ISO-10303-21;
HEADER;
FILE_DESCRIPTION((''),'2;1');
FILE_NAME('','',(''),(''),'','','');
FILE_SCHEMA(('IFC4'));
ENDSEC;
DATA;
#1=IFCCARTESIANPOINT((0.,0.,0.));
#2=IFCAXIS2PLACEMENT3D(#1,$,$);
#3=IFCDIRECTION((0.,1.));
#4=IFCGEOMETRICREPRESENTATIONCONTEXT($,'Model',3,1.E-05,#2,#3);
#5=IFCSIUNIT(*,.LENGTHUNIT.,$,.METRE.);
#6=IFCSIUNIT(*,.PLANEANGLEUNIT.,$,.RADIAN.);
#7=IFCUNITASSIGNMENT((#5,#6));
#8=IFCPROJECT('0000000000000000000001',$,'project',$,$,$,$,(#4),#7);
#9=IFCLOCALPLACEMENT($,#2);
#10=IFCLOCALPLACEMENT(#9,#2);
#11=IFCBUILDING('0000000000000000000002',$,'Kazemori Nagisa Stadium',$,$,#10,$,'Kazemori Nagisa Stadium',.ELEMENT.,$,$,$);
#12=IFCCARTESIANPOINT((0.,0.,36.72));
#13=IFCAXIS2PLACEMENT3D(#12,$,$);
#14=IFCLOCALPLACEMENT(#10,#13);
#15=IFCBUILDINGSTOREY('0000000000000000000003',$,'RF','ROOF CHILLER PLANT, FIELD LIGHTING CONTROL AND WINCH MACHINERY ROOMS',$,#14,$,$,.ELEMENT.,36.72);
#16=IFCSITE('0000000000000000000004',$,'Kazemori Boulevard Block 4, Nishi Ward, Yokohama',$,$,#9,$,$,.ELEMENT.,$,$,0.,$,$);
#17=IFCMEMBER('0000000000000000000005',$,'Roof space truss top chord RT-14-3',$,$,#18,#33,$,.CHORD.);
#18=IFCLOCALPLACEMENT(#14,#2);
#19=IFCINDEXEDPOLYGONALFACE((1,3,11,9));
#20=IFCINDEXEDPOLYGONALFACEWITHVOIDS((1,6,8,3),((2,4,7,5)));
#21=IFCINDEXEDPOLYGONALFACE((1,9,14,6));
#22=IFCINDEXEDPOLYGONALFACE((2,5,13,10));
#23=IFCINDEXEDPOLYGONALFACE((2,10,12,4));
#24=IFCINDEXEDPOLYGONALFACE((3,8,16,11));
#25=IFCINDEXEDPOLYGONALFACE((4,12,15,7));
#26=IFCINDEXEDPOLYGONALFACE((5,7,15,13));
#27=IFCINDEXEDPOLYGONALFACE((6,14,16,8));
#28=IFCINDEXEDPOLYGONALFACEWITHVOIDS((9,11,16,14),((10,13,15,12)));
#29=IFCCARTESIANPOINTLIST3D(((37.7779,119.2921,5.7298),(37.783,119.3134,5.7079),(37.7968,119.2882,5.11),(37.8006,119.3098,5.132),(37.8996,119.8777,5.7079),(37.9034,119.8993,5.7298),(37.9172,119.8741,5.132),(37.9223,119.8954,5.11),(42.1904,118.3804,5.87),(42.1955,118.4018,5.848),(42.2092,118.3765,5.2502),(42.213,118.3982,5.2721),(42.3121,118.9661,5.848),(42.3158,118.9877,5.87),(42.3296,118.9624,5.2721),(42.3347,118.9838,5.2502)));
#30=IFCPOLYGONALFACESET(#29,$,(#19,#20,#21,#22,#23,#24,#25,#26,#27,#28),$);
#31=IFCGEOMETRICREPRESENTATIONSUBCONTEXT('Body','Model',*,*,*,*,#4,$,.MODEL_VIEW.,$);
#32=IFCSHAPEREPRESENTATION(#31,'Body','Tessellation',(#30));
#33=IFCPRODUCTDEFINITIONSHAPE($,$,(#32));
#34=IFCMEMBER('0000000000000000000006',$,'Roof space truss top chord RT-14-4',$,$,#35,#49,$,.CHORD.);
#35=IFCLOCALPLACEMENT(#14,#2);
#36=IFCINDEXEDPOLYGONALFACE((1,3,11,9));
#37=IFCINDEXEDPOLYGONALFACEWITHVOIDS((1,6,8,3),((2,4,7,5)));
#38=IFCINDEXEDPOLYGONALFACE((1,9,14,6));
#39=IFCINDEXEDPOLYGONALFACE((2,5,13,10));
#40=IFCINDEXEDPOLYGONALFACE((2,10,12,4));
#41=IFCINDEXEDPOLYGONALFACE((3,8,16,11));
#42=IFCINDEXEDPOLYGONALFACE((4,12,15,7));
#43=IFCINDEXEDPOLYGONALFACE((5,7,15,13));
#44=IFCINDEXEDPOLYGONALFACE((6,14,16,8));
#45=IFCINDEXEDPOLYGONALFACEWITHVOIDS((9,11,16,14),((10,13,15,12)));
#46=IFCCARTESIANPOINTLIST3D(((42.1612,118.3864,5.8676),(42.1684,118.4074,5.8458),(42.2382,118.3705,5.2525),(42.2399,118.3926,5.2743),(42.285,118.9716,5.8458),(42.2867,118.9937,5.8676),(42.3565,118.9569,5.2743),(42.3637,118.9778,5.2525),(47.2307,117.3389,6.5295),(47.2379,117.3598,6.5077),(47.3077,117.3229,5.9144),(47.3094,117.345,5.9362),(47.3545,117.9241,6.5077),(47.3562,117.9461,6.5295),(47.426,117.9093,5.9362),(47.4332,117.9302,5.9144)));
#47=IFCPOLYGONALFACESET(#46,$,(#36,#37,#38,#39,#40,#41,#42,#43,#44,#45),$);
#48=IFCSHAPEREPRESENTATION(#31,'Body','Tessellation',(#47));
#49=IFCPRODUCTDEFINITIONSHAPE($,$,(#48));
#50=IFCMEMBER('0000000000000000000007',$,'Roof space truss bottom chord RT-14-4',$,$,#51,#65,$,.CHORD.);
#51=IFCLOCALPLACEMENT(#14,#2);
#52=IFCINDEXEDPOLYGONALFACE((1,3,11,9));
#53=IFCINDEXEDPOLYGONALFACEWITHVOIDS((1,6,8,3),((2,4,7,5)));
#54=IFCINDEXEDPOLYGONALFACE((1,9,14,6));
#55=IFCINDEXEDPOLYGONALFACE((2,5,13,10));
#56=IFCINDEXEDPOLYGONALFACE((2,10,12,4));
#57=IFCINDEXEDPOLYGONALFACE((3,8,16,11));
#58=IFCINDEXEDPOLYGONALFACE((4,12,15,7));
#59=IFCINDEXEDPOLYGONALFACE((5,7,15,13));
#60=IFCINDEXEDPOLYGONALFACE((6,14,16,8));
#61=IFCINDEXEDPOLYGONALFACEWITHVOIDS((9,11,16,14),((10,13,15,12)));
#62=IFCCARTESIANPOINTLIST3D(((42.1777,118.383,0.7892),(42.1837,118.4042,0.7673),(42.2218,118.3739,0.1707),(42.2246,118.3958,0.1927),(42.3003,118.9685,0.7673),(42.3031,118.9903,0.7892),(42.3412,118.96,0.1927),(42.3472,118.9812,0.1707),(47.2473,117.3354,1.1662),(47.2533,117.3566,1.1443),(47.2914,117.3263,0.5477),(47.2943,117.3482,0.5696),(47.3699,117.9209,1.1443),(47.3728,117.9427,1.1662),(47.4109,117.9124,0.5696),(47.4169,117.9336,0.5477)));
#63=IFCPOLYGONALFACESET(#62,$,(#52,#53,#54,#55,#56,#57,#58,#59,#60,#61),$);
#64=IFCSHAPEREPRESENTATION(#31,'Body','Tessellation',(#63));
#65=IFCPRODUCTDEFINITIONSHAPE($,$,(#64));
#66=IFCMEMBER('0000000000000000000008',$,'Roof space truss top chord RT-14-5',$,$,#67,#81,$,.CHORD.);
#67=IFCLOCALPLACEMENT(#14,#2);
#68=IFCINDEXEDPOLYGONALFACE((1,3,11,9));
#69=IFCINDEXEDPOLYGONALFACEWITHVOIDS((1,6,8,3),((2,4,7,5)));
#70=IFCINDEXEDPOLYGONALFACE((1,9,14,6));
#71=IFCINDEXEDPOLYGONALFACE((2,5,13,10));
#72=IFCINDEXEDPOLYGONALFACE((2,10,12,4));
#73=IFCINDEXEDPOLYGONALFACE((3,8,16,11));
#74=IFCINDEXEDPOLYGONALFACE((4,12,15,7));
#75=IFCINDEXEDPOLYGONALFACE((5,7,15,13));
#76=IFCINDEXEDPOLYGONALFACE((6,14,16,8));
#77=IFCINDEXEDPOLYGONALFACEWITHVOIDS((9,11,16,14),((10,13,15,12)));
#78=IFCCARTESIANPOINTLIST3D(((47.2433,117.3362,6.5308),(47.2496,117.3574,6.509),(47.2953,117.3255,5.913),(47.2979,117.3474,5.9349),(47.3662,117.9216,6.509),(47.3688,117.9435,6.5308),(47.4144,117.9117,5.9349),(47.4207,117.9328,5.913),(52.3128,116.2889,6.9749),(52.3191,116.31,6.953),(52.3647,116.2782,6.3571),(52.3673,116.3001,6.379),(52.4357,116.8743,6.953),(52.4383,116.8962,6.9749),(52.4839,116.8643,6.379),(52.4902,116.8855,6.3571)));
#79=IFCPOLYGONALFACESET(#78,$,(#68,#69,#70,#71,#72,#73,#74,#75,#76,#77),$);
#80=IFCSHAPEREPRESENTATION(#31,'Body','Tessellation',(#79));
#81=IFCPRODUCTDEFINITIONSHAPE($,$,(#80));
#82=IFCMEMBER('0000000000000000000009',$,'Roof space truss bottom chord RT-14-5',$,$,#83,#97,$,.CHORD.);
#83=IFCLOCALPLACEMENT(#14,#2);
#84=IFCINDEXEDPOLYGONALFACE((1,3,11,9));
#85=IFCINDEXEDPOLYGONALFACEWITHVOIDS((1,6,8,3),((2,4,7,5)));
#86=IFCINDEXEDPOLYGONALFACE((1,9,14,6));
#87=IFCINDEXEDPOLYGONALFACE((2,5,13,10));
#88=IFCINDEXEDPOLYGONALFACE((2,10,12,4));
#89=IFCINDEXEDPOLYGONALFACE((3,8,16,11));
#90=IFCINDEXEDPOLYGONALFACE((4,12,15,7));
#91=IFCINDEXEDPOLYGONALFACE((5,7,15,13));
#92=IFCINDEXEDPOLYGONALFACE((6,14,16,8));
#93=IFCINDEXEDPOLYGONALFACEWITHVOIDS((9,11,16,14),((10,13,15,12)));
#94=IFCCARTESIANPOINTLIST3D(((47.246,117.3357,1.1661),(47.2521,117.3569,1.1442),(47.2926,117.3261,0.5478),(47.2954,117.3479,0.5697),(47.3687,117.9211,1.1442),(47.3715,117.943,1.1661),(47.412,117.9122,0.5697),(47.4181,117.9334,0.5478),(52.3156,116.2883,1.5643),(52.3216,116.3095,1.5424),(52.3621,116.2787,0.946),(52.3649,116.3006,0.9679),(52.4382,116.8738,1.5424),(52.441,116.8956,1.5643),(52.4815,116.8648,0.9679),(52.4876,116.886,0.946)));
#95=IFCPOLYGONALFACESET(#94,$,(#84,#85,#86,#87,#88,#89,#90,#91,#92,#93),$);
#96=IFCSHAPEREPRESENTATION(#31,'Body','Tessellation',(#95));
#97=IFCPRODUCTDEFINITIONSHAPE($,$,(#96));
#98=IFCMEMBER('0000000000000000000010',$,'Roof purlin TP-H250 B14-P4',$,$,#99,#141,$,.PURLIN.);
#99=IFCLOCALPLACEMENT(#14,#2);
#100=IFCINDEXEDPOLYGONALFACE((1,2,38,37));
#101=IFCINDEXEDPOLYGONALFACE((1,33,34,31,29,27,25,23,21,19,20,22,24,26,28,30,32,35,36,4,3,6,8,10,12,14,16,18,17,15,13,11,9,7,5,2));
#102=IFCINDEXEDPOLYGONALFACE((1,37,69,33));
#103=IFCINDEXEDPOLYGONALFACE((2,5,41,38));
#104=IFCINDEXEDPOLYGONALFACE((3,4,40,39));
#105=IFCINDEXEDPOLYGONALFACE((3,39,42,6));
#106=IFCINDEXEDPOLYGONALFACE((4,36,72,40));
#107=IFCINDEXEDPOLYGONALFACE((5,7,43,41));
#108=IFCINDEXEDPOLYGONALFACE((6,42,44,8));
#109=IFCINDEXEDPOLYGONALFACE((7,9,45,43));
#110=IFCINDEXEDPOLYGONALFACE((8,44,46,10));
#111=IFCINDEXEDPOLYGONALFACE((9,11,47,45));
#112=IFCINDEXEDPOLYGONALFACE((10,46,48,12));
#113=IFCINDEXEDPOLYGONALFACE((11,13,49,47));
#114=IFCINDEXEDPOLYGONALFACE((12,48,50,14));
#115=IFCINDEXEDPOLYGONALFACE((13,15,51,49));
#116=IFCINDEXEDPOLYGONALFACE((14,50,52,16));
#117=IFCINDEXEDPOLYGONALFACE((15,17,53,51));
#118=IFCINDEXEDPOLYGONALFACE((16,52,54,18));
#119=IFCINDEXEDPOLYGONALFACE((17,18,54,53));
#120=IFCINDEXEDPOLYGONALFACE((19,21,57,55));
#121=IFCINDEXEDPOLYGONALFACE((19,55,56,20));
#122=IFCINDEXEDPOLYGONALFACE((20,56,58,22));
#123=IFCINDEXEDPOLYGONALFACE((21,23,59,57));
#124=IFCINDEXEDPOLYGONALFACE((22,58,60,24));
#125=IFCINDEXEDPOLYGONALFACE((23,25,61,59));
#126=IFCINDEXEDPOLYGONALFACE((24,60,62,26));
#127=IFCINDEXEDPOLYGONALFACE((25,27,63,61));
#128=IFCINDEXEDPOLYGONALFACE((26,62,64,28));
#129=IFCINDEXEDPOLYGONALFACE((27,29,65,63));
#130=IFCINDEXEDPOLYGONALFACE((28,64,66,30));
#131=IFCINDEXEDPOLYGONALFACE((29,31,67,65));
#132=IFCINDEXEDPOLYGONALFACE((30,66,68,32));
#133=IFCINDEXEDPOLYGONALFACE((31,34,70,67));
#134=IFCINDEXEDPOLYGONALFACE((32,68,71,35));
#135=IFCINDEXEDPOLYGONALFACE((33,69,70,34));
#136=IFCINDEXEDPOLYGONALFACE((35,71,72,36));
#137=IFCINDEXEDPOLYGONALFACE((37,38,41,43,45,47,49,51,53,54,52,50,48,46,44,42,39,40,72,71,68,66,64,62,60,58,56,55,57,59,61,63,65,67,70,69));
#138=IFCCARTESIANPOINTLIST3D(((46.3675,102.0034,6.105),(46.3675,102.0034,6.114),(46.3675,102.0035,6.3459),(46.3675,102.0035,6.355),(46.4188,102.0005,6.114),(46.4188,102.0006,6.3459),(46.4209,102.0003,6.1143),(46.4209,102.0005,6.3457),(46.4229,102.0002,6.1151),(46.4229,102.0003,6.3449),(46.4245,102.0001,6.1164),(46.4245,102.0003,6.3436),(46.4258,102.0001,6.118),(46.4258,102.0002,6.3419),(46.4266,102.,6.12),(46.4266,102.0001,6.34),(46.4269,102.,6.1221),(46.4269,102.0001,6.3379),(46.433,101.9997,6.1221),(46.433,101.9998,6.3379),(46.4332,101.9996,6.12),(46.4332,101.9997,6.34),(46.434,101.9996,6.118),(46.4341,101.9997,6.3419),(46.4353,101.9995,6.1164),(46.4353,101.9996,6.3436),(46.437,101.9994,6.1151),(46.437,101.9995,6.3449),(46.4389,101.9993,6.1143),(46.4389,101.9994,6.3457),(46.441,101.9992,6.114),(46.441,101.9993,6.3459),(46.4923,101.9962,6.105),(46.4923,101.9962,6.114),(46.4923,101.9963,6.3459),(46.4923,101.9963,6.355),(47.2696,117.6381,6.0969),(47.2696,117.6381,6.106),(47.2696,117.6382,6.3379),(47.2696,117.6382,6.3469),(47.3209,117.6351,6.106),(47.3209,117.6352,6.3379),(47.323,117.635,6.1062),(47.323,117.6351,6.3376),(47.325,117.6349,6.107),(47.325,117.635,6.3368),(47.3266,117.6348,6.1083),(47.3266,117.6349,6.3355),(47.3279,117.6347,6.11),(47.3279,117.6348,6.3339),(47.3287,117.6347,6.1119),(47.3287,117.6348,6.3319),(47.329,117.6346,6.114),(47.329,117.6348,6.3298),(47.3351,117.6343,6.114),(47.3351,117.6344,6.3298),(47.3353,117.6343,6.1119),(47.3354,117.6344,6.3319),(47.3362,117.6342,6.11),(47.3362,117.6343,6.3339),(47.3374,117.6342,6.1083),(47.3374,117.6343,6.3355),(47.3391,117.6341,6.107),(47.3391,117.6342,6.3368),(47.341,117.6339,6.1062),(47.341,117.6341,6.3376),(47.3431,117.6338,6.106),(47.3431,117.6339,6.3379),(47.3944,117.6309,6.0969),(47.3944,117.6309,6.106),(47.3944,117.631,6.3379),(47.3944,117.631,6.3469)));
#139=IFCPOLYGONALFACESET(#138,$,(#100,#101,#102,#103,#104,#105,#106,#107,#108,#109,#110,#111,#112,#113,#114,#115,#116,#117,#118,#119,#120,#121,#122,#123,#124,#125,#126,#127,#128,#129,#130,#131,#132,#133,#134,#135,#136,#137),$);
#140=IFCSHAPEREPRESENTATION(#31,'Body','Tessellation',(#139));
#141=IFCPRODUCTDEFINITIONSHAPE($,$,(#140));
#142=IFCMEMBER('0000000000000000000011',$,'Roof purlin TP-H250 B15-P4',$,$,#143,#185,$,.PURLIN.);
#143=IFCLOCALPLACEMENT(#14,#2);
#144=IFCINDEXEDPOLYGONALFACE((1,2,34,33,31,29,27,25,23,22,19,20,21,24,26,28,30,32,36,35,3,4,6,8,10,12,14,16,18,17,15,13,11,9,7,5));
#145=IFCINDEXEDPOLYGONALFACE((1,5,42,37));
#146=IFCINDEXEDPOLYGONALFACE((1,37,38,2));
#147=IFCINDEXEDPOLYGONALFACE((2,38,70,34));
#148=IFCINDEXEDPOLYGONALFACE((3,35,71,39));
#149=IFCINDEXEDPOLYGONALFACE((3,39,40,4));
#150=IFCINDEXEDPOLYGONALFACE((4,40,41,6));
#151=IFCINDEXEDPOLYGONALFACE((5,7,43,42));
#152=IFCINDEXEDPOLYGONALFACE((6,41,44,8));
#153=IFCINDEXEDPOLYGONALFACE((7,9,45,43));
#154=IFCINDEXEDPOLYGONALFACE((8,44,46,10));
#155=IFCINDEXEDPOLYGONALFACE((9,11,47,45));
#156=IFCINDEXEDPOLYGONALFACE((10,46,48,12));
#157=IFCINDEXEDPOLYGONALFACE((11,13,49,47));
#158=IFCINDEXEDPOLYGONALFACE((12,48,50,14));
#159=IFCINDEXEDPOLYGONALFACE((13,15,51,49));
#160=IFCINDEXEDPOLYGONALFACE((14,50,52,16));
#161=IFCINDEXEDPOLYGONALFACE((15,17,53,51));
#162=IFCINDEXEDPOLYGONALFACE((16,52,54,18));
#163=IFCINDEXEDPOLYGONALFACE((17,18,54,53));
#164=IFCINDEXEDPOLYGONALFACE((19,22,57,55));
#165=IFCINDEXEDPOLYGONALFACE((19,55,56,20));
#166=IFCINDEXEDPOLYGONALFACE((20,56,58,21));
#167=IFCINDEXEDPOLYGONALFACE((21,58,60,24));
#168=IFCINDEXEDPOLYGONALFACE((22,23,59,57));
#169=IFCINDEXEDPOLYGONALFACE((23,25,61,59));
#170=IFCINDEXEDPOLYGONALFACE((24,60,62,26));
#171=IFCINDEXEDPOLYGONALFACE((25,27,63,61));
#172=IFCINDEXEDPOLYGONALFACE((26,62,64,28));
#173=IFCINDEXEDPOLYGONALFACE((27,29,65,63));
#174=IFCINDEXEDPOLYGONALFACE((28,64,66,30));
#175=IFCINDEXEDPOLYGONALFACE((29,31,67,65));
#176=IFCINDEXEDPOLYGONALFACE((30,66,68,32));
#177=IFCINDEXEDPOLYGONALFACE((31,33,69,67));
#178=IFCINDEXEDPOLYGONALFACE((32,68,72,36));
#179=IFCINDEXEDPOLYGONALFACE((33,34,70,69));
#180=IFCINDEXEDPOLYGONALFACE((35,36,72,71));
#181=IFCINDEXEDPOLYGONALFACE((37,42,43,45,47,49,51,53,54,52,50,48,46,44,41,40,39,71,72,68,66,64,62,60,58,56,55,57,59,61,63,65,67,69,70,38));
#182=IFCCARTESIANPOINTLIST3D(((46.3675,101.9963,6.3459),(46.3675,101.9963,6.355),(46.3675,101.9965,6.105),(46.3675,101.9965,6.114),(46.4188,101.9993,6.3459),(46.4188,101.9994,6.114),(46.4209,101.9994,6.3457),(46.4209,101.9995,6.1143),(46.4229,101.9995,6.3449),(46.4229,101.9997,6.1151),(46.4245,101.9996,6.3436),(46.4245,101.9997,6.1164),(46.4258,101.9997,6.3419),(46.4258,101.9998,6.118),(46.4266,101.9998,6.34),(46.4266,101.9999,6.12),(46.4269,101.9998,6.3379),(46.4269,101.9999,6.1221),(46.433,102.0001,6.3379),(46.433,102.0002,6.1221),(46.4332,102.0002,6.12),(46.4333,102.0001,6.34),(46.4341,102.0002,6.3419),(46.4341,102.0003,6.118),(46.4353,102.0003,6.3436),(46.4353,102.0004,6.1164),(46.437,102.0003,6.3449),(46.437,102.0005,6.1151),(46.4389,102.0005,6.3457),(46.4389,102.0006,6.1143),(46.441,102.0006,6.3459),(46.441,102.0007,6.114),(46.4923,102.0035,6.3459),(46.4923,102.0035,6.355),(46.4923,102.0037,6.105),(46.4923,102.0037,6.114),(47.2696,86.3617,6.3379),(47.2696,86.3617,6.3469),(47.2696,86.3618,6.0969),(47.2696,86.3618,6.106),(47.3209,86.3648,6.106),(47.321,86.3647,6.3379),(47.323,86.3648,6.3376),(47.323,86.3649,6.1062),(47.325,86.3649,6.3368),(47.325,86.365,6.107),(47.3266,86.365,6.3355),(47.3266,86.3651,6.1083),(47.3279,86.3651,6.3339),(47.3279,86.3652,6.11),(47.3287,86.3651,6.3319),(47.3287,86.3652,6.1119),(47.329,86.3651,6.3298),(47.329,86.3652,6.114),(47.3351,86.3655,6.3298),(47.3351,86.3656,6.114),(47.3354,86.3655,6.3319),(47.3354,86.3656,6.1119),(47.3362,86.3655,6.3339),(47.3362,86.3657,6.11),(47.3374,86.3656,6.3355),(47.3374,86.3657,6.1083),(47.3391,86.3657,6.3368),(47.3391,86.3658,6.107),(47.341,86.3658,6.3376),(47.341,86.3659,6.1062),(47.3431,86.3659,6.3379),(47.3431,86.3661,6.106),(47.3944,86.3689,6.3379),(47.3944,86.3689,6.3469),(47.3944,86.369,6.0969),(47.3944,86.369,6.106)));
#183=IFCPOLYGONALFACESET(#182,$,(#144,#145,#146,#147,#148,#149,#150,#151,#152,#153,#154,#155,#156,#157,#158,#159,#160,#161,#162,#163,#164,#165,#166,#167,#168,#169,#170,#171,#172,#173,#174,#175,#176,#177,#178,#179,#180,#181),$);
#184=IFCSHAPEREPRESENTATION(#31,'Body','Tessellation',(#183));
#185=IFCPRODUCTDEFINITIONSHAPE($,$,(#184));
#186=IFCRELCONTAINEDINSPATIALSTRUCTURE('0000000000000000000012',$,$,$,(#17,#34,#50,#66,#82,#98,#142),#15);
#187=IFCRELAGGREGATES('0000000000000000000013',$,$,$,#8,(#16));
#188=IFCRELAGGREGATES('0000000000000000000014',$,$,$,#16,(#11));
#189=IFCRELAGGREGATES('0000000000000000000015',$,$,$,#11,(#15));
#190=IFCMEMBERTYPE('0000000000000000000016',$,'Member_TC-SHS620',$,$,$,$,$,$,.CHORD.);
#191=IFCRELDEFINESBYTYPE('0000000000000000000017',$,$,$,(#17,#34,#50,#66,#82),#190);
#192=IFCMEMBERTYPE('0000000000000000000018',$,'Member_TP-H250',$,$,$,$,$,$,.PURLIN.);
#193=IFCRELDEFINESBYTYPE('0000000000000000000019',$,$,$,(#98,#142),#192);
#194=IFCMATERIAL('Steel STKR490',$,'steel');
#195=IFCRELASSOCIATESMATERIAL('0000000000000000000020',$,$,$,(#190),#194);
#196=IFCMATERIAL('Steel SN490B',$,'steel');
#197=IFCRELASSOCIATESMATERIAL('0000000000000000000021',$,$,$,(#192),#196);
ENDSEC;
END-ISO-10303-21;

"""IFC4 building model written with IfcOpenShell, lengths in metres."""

from ifc_helpers import new_model, si_unit, direction, frame, origin, origin_2d, place, context, subcontext, project, spatial, hollow_rectangle, i_section, extrude, material, material_profile, profile_set, type_object, element, save


model = new_model("IFC4")

# Units and contexts
model_context = context("Model", 3, precision=1e-05, world=origin(), true_north=direction((0.0, 1.0)))
body_context = subcontext(model_context, "Body", "Model", "MODEL_VIEW")
ifc_project = project(units=[si_unit("LENGTHUNIT", "METRE"), si_unit("PLANEANGLEUNIT", "RADIAN")], contexts=[model_context])

# Site, building, storey
site_placement = place(None, origin())
site = spatial("IfcSite", under=ifc_project, at=site_placement, Name="Kazemori Boulevard Block 4, Nishi Ward, Yokohama", CompositionType="ELEMENT", RefElevation=0.0)
building_placement = place(site_placement, origin())
building = spatial("IfcBuilding", under=site, at=building_placement, Name="Kazemori Nagisa Stadium", LongName="Kazemori Nagisa Stadium", CompositionType="ELEMENT")
storey_placement = place(building_placement, frame((0.0, 0.0, 36.72)))
storey = spatial("IfcBuildingStorey", under=building, at=storey_placement, Name="RF", Description="ROOF CHILLER PLANT, FIELD LIGHTING CONTROL AND WINCH MACHINERY ROOMS", CompositionType="ELEMENT", Elevation=36.72)

# Shared definitions
ifc_material_1 = material(Name="Steel SN490B", Category="steel")

# Members
ifc_material_2 = material(Name="Steel STKR490", Category="steel")
ifc_material_profile_1 = material_profile(ifc_material_2, hollow_rectangle(XDim=0.6201, YDim=0.6201, WallThickness=0.022, at=origin_2d()), Name="SHS-620x620x22")
ifc_profile_set_1 = profile_set([ifc_material_profile_1], Name="Steel STKR490")
member_type_1 = type_object("IfcMemberType", Name="Member_TC-SHS620", PredefinedType="CHORD", material=ifc_profile_set_1)
member_1_placement = place(storey_placement, frame((37.8501, 119.5938, 5.4199), z_axis=(0.978843, -0.202235, 0.031088), x_axis=(0.202333, 0.979317, 0.0)))
element("IfcMember", 1, at=member_1_placement, inside=storey, type_object=member_type_1, Name="Roof space truss top chord RT-14-3", PredefinedType="CHORD", context=body_context, shape_type="SweptSolid", body=[
    extrude(hollow_rectangle(XDim=0.6201, YDim=0.6201, WallThickness=0.022, at=origin_2d()), origin(), (0.0, 0.0, 1.0), 4.5078),
])
member_2_placement = place(storey_placement, frame((42.2625, 118.6821, 5.5601), z_axis=(0.971402, -0.200736, 0.126823), x_axis=(0.20237, 0.979309, 0.0)))
element("IfcMember", 2, at=member_2_placement, inside=storey, type_object=member_type_1, Name="Roof space truss top chord RT-14-4", PredefinedType="CHORD", context=body_context, shape_type="SweptSolid", body=[
    extrude(hollow_rectangle(XDim=0.6201, YDim=0.6201, WallThickness=0.022, at=origin_2d()), origin(), (0.0, 0.0, 1.0), 5.2188),
])
member_3_placement = place(storey_placement, frame((42.2625, 118.6821, 0.48), z_axis=(0.976723, -0.201836, 0.072625), x_axis=(0.20237, 0.979309, 0.0)))
element("IfcMember", 3, at=member_3_placement, inside=storey, type_object=member_type_1, Name="Roof space truss bottom chord RT-14-4", PredefinedType="CHORD", context=body_context, shape_type="SweptSolid", body=[
    extrude(hollow_rectangle(XDim=0.6201, YDim=0.6201, WallThickness=0.022, at=origin_2d()), origin(), (0.0, 0.0, 1.0), 5.1904),
])
member_4_placement = place(storey_placement, frame((47.332, 117.6345, 6.2219), z_axis=(0.975735, -0.201584, 0.085474), x_axis=(0.202325, 0.979318, 0.0)))
element("IfcMember", 4, at=member_4_placement, inside=storey, type_object=member_type_1, Name="Roof space truss top chord RT-14-5", PredefinedType="CHORD", context=body_context, shape_type="SweptSolid", body=[
    extrude(hollow_rectangle(XDim=0.6201, YDim=0.6201, WallThickness=0.022, at=origin_2d()), origin(), (0.0, 0.0, 1.0), 5.1956),
])
member_5_placement = place(storey_placement, frame((47.332, 117.6345, 0.8569), z_axis=(0.976434, -0.201729, 0.076695), x_axis=(0.202325, 0.979318, 0.0)))
element("IfcMember", 5, at=member_5_placement, inside=storey, type_object=member_type_1, Name="Roof space truss bottom chord RT-14-5", PredefinedType="CHORD", context=body_context, shape_type="SweptSolid", body=[
    extrude(hollow_rectangle(XDim=0.6201, YDim=0.6201, WallThickness=0.022, at=origin_2d()), origin(), (0.0, 0.0, 1.0), 5.1919),
])
ifc_material_profile_2 = material_profile(ifc_material_1, i_section(OverallWidth=0.125, OverallDepth=0.25, WebThickness=0.0061, FlangeThickness=0.009, FilletRadius=0.0081, at=origin_2d()), Name="H-250x125x6x9")
ifc_profile_set_2 = profile_set([ifc_material_profile_2], Name="Steel SN490B")
member_type_2 = type_object("IfcMemberType", Name="Member_TP-H250", PredefinedType="PURLIN", material=ifc_profile_set_2)
for number, where, z_axis, x_axis, name in (
    (6, (47.332, 117.6345, 6.2219), (-0.057603, -0.998339, 0.000514), (0.99834, -0.057603, 0.0), "Roof purlin TP-H250 B14-P4"),
    (7, (46.4299, 102.0, 6.23), (0.057603, -0.998339, -0.000514), (0.99834, 0.057603, 0.0), "Roof purlin TP-H250 B15-P4"),
):
    element("IfcMember", number, at=place(storey_placement, frame(where, z_axis=z_axis, x_axis=x_axis)), inside=storey, type_object=member_type_2, Name=name, PredefinedType="PURLIN", context=body_context, shape_type="SweptSolid", body=[
        extrude(i_section(OverallWidth=0.125, OverallDepth=0.25, WebThickness=0.0061, FlangeThickness=0.009, FilletRadius=0.0081, at=origin_2d()), origin(), (0.0, 0.0, 1.0), 15.6606),
    ])

save(model, "model.ifc")
